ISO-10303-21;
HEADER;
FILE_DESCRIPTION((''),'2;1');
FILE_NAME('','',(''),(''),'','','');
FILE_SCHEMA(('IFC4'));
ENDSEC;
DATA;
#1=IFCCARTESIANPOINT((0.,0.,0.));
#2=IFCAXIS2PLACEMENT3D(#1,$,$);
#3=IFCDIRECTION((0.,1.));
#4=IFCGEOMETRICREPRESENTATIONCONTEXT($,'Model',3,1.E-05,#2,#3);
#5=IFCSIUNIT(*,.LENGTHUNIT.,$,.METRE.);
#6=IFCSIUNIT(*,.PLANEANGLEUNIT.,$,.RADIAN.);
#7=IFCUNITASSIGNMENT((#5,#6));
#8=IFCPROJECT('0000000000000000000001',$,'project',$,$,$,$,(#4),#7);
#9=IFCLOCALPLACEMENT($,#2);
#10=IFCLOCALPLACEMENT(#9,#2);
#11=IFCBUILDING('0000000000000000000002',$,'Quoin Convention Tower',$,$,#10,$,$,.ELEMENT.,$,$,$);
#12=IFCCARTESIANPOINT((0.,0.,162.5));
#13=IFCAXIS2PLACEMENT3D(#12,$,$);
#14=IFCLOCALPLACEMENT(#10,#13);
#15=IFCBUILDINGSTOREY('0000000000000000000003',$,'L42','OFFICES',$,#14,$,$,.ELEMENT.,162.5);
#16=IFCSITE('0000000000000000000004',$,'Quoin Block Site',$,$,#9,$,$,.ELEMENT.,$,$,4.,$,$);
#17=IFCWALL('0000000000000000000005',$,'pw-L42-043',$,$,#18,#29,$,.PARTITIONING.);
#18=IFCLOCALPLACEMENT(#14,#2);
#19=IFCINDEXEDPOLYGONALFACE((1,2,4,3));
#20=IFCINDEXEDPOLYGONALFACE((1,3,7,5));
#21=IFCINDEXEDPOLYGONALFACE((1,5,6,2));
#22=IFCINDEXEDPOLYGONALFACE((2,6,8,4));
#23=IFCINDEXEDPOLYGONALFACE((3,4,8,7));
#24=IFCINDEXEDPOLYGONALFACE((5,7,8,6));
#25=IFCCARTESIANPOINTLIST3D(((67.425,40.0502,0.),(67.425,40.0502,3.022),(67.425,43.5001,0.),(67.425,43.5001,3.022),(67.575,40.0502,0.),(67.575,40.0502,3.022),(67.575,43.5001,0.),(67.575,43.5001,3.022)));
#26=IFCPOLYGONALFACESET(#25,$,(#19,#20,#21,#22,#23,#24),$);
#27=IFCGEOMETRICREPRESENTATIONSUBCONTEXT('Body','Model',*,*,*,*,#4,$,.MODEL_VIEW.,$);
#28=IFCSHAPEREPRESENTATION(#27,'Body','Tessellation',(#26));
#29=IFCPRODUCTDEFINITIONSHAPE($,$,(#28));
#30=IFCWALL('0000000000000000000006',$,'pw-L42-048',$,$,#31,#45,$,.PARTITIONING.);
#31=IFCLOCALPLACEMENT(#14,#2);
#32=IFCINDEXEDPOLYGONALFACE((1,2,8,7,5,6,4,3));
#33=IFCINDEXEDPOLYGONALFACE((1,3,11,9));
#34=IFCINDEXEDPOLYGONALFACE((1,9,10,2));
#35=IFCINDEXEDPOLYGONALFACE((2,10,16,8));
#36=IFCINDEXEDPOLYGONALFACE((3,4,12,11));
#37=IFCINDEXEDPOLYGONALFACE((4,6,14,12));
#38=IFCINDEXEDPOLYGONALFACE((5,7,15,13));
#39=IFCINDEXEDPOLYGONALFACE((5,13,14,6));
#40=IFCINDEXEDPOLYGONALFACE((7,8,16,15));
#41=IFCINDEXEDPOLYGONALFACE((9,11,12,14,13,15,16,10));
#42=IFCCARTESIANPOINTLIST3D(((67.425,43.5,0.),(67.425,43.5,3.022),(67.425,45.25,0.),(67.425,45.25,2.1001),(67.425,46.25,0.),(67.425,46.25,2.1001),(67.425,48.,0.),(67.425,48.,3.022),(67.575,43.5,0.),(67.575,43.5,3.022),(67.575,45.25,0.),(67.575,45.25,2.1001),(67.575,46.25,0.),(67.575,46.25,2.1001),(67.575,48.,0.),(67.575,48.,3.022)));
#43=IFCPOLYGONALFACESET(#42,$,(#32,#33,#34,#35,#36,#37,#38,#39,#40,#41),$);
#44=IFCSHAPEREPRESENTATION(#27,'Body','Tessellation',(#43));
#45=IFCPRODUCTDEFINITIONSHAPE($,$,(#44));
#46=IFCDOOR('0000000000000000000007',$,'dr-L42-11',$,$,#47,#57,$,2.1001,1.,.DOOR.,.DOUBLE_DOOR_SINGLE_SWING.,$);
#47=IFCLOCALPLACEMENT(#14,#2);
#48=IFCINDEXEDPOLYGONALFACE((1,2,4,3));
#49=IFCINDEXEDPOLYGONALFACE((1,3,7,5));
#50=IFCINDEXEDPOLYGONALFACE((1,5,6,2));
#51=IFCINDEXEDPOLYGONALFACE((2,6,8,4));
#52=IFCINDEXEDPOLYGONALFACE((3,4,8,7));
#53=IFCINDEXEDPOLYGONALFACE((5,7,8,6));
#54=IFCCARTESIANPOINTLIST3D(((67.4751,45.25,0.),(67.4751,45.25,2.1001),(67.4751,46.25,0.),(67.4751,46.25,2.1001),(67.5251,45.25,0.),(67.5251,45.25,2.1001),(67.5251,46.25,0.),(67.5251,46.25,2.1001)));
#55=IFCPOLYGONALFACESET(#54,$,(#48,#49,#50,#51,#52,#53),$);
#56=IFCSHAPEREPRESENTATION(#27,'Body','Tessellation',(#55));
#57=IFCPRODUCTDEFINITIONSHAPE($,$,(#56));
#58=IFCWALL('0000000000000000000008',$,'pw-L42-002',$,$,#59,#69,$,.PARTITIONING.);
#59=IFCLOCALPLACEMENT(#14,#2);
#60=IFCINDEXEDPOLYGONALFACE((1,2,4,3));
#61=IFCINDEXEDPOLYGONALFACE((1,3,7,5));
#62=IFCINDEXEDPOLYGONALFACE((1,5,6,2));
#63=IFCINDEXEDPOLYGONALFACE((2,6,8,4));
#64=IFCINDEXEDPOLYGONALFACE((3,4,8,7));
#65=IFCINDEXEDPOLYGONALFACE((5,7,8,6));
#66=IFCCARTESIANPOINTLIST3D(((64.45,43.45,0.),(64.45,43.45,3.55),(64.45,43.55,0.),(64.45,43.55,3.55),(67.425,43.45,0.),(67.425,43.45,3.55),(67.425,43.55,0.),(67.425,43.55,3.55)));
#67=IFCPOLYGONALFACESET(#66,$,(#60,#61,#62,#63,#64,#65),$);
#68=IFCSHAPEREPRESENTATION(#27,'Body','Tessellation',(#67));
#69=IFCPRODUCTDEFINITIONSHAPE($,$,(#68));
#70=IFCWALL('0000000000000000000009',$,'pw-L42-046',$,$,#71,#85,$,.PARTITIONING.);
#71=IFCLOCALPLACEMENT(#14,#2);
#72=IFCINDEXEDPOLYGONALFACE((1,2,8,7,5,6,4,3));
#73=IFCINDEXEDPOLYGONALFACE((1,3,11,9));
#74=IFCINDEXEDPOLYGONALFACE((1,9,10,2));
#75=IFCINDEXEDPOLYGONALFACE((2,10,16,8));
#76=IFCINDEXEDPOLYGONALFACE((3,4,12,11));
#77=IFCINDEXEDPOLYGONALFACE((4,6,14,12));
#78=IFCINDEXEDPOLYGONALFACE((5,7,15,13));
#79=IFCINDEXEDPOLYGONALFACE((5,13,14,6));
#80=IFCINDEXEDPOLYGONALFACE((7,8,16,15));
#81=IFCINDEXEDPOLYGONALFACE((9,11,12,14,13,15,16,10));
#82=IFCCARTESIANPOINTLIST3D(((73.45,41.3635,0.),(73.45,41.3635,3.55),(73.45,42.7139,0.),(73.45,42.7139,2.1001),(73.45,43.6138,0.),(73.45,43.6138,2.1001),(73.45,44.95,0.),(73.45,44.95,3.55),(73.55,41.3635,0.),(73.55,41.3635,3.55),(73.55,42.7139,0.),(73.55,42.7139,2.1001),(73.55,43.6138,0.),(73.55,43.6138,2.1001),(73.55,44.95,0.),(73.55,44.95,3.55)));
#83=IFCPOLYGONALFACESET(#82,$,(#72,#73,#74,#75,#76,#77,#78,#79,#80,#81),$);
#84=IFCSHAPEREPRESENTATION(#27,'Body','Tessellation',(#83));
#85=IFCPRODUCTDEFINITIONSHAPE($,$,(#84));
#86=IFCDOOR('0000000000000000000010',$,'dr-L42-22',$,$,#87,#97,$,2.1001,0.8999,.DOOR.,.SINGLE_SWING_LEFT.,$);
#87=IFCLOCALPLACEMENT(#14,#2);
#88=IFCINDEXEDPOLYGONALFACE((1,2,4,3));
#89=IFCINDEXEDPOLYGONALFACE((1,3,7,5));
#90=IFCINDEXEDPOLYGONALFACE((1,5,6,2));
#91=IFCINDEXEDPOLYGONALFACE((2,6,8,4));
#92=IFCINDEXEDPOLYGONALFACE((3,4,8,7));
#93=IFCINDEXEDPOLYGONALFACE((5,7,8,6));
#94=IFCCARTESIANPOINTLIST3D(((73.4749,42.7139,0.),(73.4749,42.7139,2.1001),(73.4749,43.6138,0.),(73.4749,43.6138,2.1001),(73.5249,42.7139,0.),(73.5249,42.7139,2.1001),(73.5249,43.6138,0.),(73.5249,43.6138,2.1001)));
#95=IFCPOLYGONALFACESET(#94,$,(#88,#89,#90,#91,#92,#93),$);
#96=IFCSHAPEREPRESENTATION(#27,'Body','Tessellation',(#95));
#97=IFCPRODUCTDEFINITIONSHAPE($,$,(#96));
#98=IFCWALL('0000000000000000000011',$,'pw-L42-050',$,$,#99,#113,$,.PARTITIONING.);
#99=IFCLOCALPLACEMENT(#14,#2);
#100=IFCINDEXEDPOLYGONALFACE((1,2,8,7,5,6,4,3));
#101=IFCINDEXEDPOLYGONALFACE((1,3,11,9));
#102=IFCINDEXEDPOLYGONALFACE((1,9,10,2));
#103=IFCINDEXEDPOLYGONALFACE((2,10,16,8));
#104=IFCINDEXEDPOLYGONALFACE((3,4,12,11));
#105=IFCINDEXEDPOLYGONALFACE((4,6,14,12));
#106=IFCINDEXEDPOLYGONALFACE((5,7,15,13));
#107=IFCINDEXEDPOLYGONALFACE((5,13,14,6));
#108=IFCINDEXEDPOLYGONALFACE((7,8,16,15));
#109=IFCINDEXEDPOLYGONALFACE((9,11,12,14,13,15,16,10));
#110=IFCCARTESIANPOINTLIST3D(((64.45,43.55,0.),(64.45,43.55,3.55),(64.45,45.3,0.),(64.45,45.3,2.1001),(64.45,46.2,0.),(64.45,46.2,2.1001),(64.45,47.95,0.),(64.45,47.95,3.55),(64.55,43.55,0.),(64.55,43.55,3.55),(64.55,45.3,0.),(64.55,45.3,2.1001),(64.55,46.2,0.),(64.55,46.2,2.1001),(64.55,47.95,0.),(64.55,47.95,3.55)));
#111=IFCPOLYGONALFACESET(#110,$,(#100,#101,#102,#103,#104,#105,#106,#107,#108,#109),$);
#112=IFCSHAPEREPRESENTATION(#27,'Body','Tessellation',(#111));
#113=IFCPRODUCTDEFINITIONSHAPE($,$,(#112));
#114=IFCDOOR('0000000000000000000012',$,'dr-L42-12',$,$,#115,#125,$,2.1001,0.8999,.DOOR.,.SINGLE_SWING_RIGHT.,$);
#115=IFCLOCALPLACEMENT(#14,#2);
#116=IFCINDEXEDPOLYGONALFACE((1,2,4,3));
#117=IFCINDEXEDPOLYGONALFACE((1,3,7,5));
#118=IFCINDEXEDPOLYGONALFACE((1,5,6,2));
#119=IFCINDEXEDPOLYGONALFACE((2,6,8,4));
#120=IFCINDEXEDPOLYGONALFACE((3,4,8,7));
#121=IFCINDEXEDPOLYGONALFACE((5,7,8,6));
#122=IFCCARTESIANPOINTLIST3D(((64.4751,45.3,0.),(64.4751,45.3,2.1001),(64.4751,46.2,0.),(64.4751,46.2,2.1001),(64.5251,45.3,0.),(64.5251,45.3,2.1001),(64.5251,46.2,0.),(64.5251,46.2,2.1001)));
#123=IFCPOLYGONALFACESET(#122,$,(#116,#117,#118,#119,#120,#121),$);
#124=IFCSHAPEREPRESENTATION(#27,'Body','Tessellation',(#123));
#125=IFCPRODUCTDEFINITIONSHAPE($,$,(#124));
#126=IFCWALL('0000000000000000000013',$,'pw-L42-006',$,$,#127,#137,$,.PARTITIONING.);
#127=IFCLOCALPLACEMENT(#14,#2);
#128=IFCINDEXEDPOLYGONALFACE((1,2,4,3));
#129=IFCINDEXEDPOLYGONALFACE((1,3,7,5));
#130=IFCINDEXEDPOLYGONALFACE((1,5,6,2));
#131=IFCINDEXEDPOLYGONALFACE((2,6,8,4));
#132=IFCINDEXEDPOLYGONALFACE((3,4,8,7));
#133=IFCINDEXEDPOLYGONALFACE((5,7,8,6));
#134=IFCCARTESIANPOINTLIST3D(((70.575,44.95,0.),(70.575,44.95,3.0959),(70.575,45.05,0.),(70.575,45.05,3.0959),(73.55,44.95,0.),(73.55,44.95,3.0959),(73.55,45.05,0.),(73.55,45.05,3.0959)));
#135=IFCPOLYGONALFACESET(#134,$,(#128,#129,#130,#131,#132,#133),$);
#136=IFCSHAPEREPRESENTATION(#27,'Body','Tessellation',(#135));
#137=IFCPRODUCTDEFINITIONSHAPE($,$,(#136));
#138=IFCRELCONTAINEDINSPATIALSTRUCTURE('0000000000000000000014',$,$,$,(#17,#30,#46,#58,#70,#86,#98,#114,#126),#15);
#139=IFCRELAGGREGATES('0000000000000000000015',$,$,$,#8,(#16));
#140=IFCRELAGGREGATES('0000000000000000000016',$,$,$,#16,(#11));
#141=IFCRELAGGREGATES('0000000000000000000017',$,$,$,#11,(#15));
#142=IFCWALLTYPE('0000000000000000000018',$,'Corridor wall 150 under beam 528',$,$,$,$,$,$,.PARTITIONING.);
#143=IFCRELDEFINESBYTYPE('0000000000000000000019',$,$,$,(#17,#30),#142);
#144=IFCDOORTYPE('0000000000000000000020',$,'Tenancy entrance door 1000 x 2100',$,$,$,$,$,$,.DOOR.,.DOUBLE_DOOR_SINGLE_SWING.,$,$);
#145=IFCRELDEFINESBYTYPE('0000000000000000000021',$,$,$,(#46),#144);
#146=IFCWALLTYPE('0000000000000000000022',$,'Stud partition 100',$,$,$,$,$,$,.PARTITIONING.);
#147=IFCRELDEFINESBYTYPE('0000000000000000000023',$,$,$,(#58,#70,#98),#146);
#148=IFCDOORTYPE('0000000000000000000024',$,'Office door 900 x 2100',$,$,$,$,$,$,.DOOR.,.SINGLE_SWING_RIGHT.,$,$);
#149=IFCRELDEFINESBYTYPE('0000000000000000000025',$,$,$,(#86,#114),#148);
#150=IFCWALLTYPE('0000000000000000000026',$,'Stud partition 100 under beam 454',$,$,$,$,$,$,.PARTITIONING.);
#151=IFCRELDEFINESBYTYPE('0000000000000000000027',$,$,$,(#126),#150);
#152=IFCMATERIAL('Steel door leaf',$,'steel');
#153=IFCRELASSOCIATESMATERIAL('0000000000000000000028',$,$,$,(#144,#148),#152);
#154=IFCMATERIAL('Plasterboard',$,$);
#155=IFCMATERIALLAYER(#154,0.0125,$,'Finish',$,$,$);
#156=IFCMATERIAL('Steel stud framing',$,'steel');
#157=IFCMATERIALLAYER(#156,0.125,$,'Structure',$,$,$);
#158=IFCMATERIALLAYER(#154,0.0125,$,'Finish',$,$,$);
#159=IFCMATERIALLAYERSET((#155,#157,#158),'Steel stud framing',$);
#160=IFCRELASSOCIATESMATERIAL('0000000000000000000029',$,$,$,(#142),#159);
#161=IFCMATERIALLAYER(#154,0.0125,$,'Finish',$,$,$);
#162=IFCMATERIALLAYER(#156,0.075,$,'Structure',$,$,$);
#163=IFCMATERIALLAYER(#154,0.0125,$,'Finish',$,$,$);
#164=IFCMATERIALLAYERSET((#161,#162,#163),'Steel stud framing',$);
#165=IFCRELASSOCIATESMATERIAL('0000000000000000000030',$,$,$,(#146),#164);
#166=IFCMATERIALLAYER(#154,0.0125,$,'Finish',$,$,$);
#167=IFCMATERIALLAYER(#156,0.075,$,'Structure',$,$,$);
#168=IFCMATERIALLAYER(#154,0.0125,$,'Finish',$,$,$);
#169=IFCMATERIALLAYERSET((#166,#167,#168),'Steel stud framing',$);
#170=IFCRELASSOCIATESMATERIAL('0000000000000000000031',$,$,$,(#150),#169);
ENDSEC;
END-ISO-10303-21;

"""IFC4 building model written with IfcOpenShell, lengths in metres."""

from ifc_helpers import new_model, si_unit, direction, frame, frame_2d, origin, place, context, subcontext, project, spatial, rectangle, extrude, material, layer, layer_set, type_object, element, fill, save


model = new_model("IFC4")

# Units and contexts
model_context = context("Model", 3, precision=1e-05, world=origin(), true_north=direction((0.0, 1.0)))
body_context = subcontext(model_context, "Body", "Model", "MODEL_VIEW")
ifc_project = project(units=[si_unit("LENGTHUNIT", "METRE"), si_unit("PLANEANGLEUNIT", "RADIAN")], contexts=[model_context])

# Site, building, storey
site_placement = place(None, origin())
site = spatial("IfcSite", under=ifc_project, at=site_placement, Name="Quoin Block Site", CompositionType="ELEMENT", RefElevation=4.0)
building_placement = place(site_placement, origin())
building = spatial("IfcBuilding", under=site, at=building_placement, Name="Quoin Convention Tower", CompositionType="ELEMENT")
storey_placement = place(building_placement, frame((0.0, 0.0, 162.5)))
storey = spatial("IfcBuildingStorey", under=building, at=storey_placement, Name="L42", Description="OFFICES", CompositionType="ELEMENT", Elevation=162.5)

# Shared definitions
ifc_material_1 = material(Name="Plasterboard")
ifc_material_2 = material(Name="Steel stud framing", Category="steel")
ifc_material_3 = material(Name="Steel door leaf", Category="steel")
door_type_1 = type_object("IfcDoorType", Name="Tenancy entrance door 1000 x 2100", OperationType="DOUBLE_DOOR_SINGLE_SWING", PredefinedType="DOOR", material=ifc_material_3)

# Wall
ifc_layer_1 = layer(ifc_material_1, 0.0125, Name="Finish")
ifc_layer_2 = layer(ifc_material_2, 0.125, Name="Structure")
ifc_layer_3 = layer(ifc_material_1, 0.0125, Name="Finish")
ifc_layer_set_1 = layer_set([ifc_layer_1, ifc_layer_2, ifc_layer_3], Name="Steel stud framing")
wall_type_1 = type_object("IfcWallType", Name="Corridor wall 150 under beam 528", PredefinedType="PARTITIONING", material=ifc_layer_set_1)
wall_1_placement = place(storey_placement, frame((67.5, 40.05, 0.0), z_axis=(0.0, 0.0, 1.0), x_axis=(0.0, 1.0, 0.0)))
element("IfcWall", 1, at=wall_1_placement, inside=storey, type_object=wall_type_1, Name="pw-L42-043", PredefinedType="PARTITIONING", context=body_context, shape_type="SweptSolid", body=[
    extrude(rectangle(XDim=3.45, YDim=0.1499, at=frame_2d((1.7251, 0.0))), origin(), (0.0, 0.0, 1.0), 3.022),
])

# Wall, opening, door
wall_2_placement = place(storey_placement, frame((67.5, 43.5, 0.0), z_axis=(0.0, 0.0, 1.0), x_axis=(0.0, 1.0, 0.0)))
wall_2 = element("IfcWall", 2, at=wall_2_placement, inside=storey, type_object=wall_type_1, Name="pw-L42-048", PredefinedType="PARTITIONING", context=body_context, shape_type="SweptSolid", body=[
    extrude(rectangle(XDim=4.5, YDim=0.1499, at=frame_2d((2.25, 0.0))), origin(), (0.0, 0.0, 1.0), 3.022),
])
opening_1_placement = place(wall_2_placement, frame((1.75, 0.0, 0.0)))
opening_1 = element("IfcOpeningElement", 3, at=opening_1_placement, cuts=wall_2, PredefinedType="OPENING", context=body_context, shape_type="SweptSolid", body=[
    extrude(rectangle(XDim=1.0, YDim=2.1001, at=frame_2d((0.5, 1.05))), frame((0.0, 0.085, 0.0), z_axis=(0.0, -1.0, 0.0), x_axis=(1.0, 0.0, 0.0)), (0.0, 0.0, 1.0), 0.1699),
])
door_1_placement = place(opening_1_placement, origin())
door_1 = element("IfcDoor", 4, at=door_1_placement, inside=storey, type_object=door_type_1, Name="dr-L42-11", OperationType="DOUBLE_DOOR_SINGLE_SWING", OverallHeight=2.1001, OverallWidth=1.0, PredefinedType="DOOR", context=body_context, shape_type="SweptSolid", body=[
    extrude(rectangle(XDim=1.0, YDim=2.1001, at=frame_2d((0.5, 1.05))), frame((0.0, 0.0249, 0.0), z_axis=(0.0, -1.0, 0.0), x_axis=(1.0, 0.0, 0.0)), (0.0, 0.0, 1.0), 0.05),
])
fill(opening_1, door_1)

# Wall
ifc_layer_4 = layer(ifc_material_1, 0.0125, Name="Finish")
ifc_layer_5 = layer(ifc_material_2, 0.075, Name="Structure")
ifc_layer_6 = layer(ifc_material_1, 0.0125, Name="Finish")
ifc_layer_set_2 = layer_set([ifc_layer_4, ifc_layer_5, ifc_layer_6], Name="Steel stud framing")
wall_type_2 = type_object("IfcWallType", Name="Stud partition 100", PredefinedType="PARTITIONING", material=ifc_layer_set_2)
wall_3_placement = place(storey_placement, frame((64.45, 43.5, 0.0), z_axis=(0.0, 0.0, 1.0), x_axis=(1.0, 0.0, 0.0)))
element("IfcWall", 5, at=wall_3_placement, inside=storey, type_object=wall_type_2, Name="pw-L42-002", PredefinedType="PARTITIONING", context=body_context, shape_type="SweptSolid", body=[
    extrude(rectangle(XDim=2.9751, YDim=0.1001, at=frame_2d((1.4875, 0.0))), origin(), (0.0, 0.0, 1.0), 3.55),
])

# Walls, openings, doors
wall_4_placement = place(storey_placement, frame((73.5, 41.3635, 0.0), z_axis=(0.0, 0.0, 1.0), x_axis=(0.0, 1.0, 0.0)))
wall_4 = element("IfcWall", 6, at=wall_4_placement, inside=storey, type_object=wall_type_2, Name="pw-L42-046", PredefinedType="PARTITIONING", context=body_context, shape_type="SweptSolid", body=[
    extrude(rectangle(XDim=3.5864, YDim=0.1001, at=frame_2d((1.7932, 0.0))), origin(), (0.0, 0.0, 1.0), 3.55),
])
opening_2_placement = place(wall_4_placement, frame((1.3503, 0.0, 0.0)))
opening_2 = element("IfcOpeningElement", 7, at=opening_2_placement, cuts=wall_4, PredefinedType="OPENING", context=body_context, shape_type="SweptSolid", body=[
    extrude(rectangle(XDim=0.8999, YDim=2.1001, at=frame_2d((0.45, 1.05))), frame((0.0, 0.0601, 0.0), z_axis=(0.0, -1.0, 0.0), x_axis=(1.0, 0.0, 0.0)), (0.0, 0.0, 1.0), 0.1201),
])
door_type_2 = type_object("IfcDoorType", Name="Office door 900 x 2100", OperationType="SINGLE_SWING_RIGHT", PredefinedType="DOOR", material=ifc_material_3)
door_2_placement = place(opening_2_placement, frame((0.8999, 0.0, 0.0), z_axis=(0.0, 0.0, 1.0), x_axis=(-1.0, 0.0, 0.0)))
door_2 = element("IfcDoor", 8, at=door_2_placement, inside=storey, type_object=door_type_2, Name="dr-L42-22", OperationType="SINGLE_SWING_LEFT", OverallHeight=2.1001, OverallWidth=0.8999, PredefinedType="DOOR", context=body_context, shape_type="SweptSolid", body=[
    extrude(rectangle(XDim=0.8999, YDim=2.1001, at=frame_2d((0.45, 1.05))), frame((0.0, 0.0249, 0.0), z_axis=(0.0, -1.0, 0.0), x_axis=(1.0, 0.0, 0.0)), (0.0, 0.0, 1.0), 0.05),
])
fill(opening_2, door_2)
wall_5_placement = place(storey_placement, frame((64.5, 43.55, 0.0), z_axis=(0.0, 0.0, 1.0), x_axis=(0.0, 1.0, 0.0)))
wall_5 = element("IfcWall", 9, at=wall_5_placement, inside=storey, type_object=wall_type_2, Name="pw-L42-050", PredefinedType="PARTITIONING", context=body_context, shape_type="SweptSolid", body=[
    extrude(rectangle(XDim=4.3999, YDim=0.1001, at=frame_2d((2.2, 0.0))), origin(), (0.0, 0.0, 1.0), 3.55),
])
opening_3_placement = place(wall_5_placement, frame((1.75, 0.0, 0.0)))
opening_3 = element("IfcOpeningElement", 10, at=opening_3_placement, cuts=wall_5, PredefinedType="OPENING", context=body_context, shape_type="SweptSolid", body=[
    extrude(rectangle(XDim=0.8999, YDim=2.1001, at=frame_2d((0.45, 1.05))), frame((0.0, 0.0601, 0.0), z_axis=(0.0, -1.0, 0.0), x_axis=(1.0, 0.0, 0.0)), (0.0, 0.0, 1.0), 0.1201),
])
door_3_placement = place(opening_3_placement, origin())
door_3 = element("IfcDoor", 11, at=door_3_placement, inside=storey, type_object=door_type_2, Name="dr-L42-12", OperationType="SINGLE_SWING_RIGHT", OverallHeight=2.1001, OverallWidth=0.8999, PredefinedType="DOOR", context=body_context, shape_type="SweptSolid", body=[
    extrude(rectangle(XDim=0.8999, YDim=2.1001, at=frame_2d((0.45, 1.05))), frame((0.0, 0.0249, 0.0), z_axis=(0.0, -1.0, 0.0), x_axis=(1.0, 0.0, 0.0)), (0.0, 0.0, 1.0), 0.05),
])
fill(opening_3, door_3)

# Wall
ifc_layer_7 = layer(ifc_material_1, 0.0125, Name="Finish")
ifc_layer_8 = layer(ifc_material_2, 0.075, Name="Structure")
ifc_layer_9 = layer(ifc_material_1, 0.0125, Name="Finish")
ifc_layer_set_3 = layer_set([ifc_layer_7, ifc_layer_8, ifc_layer_9], Name="Steel stud framing")
wall_type_3 = type_object("IfcWallType", Name="Stud partition 100 under beam 454", PredefinedType="PARTITIONING", material=ifc_layer_set_3)
wall_6_placement = place(storey_placement, frame((70.575, 45.0, 0.0), z_axis=(0.0, 0.0, 1.0), x_axis=(1.0, 0.0, 0.0)))
element("IfcWall", 12, at=wall_6_placement, inside=storey, type_object=wall_type_3, Name="pw-L42-006", PredefinedType="PARTITIONING", context=body_context, shape_type="SweptSolid", body=[
    extrude(rectangle(XDim=2.9751, YDim=0.1001, at=frame_2d((1.4875, 0.0))), origin(), (0.0, 0.0, 1.0), 3.0959),
])

save(model, "model.ifc")
